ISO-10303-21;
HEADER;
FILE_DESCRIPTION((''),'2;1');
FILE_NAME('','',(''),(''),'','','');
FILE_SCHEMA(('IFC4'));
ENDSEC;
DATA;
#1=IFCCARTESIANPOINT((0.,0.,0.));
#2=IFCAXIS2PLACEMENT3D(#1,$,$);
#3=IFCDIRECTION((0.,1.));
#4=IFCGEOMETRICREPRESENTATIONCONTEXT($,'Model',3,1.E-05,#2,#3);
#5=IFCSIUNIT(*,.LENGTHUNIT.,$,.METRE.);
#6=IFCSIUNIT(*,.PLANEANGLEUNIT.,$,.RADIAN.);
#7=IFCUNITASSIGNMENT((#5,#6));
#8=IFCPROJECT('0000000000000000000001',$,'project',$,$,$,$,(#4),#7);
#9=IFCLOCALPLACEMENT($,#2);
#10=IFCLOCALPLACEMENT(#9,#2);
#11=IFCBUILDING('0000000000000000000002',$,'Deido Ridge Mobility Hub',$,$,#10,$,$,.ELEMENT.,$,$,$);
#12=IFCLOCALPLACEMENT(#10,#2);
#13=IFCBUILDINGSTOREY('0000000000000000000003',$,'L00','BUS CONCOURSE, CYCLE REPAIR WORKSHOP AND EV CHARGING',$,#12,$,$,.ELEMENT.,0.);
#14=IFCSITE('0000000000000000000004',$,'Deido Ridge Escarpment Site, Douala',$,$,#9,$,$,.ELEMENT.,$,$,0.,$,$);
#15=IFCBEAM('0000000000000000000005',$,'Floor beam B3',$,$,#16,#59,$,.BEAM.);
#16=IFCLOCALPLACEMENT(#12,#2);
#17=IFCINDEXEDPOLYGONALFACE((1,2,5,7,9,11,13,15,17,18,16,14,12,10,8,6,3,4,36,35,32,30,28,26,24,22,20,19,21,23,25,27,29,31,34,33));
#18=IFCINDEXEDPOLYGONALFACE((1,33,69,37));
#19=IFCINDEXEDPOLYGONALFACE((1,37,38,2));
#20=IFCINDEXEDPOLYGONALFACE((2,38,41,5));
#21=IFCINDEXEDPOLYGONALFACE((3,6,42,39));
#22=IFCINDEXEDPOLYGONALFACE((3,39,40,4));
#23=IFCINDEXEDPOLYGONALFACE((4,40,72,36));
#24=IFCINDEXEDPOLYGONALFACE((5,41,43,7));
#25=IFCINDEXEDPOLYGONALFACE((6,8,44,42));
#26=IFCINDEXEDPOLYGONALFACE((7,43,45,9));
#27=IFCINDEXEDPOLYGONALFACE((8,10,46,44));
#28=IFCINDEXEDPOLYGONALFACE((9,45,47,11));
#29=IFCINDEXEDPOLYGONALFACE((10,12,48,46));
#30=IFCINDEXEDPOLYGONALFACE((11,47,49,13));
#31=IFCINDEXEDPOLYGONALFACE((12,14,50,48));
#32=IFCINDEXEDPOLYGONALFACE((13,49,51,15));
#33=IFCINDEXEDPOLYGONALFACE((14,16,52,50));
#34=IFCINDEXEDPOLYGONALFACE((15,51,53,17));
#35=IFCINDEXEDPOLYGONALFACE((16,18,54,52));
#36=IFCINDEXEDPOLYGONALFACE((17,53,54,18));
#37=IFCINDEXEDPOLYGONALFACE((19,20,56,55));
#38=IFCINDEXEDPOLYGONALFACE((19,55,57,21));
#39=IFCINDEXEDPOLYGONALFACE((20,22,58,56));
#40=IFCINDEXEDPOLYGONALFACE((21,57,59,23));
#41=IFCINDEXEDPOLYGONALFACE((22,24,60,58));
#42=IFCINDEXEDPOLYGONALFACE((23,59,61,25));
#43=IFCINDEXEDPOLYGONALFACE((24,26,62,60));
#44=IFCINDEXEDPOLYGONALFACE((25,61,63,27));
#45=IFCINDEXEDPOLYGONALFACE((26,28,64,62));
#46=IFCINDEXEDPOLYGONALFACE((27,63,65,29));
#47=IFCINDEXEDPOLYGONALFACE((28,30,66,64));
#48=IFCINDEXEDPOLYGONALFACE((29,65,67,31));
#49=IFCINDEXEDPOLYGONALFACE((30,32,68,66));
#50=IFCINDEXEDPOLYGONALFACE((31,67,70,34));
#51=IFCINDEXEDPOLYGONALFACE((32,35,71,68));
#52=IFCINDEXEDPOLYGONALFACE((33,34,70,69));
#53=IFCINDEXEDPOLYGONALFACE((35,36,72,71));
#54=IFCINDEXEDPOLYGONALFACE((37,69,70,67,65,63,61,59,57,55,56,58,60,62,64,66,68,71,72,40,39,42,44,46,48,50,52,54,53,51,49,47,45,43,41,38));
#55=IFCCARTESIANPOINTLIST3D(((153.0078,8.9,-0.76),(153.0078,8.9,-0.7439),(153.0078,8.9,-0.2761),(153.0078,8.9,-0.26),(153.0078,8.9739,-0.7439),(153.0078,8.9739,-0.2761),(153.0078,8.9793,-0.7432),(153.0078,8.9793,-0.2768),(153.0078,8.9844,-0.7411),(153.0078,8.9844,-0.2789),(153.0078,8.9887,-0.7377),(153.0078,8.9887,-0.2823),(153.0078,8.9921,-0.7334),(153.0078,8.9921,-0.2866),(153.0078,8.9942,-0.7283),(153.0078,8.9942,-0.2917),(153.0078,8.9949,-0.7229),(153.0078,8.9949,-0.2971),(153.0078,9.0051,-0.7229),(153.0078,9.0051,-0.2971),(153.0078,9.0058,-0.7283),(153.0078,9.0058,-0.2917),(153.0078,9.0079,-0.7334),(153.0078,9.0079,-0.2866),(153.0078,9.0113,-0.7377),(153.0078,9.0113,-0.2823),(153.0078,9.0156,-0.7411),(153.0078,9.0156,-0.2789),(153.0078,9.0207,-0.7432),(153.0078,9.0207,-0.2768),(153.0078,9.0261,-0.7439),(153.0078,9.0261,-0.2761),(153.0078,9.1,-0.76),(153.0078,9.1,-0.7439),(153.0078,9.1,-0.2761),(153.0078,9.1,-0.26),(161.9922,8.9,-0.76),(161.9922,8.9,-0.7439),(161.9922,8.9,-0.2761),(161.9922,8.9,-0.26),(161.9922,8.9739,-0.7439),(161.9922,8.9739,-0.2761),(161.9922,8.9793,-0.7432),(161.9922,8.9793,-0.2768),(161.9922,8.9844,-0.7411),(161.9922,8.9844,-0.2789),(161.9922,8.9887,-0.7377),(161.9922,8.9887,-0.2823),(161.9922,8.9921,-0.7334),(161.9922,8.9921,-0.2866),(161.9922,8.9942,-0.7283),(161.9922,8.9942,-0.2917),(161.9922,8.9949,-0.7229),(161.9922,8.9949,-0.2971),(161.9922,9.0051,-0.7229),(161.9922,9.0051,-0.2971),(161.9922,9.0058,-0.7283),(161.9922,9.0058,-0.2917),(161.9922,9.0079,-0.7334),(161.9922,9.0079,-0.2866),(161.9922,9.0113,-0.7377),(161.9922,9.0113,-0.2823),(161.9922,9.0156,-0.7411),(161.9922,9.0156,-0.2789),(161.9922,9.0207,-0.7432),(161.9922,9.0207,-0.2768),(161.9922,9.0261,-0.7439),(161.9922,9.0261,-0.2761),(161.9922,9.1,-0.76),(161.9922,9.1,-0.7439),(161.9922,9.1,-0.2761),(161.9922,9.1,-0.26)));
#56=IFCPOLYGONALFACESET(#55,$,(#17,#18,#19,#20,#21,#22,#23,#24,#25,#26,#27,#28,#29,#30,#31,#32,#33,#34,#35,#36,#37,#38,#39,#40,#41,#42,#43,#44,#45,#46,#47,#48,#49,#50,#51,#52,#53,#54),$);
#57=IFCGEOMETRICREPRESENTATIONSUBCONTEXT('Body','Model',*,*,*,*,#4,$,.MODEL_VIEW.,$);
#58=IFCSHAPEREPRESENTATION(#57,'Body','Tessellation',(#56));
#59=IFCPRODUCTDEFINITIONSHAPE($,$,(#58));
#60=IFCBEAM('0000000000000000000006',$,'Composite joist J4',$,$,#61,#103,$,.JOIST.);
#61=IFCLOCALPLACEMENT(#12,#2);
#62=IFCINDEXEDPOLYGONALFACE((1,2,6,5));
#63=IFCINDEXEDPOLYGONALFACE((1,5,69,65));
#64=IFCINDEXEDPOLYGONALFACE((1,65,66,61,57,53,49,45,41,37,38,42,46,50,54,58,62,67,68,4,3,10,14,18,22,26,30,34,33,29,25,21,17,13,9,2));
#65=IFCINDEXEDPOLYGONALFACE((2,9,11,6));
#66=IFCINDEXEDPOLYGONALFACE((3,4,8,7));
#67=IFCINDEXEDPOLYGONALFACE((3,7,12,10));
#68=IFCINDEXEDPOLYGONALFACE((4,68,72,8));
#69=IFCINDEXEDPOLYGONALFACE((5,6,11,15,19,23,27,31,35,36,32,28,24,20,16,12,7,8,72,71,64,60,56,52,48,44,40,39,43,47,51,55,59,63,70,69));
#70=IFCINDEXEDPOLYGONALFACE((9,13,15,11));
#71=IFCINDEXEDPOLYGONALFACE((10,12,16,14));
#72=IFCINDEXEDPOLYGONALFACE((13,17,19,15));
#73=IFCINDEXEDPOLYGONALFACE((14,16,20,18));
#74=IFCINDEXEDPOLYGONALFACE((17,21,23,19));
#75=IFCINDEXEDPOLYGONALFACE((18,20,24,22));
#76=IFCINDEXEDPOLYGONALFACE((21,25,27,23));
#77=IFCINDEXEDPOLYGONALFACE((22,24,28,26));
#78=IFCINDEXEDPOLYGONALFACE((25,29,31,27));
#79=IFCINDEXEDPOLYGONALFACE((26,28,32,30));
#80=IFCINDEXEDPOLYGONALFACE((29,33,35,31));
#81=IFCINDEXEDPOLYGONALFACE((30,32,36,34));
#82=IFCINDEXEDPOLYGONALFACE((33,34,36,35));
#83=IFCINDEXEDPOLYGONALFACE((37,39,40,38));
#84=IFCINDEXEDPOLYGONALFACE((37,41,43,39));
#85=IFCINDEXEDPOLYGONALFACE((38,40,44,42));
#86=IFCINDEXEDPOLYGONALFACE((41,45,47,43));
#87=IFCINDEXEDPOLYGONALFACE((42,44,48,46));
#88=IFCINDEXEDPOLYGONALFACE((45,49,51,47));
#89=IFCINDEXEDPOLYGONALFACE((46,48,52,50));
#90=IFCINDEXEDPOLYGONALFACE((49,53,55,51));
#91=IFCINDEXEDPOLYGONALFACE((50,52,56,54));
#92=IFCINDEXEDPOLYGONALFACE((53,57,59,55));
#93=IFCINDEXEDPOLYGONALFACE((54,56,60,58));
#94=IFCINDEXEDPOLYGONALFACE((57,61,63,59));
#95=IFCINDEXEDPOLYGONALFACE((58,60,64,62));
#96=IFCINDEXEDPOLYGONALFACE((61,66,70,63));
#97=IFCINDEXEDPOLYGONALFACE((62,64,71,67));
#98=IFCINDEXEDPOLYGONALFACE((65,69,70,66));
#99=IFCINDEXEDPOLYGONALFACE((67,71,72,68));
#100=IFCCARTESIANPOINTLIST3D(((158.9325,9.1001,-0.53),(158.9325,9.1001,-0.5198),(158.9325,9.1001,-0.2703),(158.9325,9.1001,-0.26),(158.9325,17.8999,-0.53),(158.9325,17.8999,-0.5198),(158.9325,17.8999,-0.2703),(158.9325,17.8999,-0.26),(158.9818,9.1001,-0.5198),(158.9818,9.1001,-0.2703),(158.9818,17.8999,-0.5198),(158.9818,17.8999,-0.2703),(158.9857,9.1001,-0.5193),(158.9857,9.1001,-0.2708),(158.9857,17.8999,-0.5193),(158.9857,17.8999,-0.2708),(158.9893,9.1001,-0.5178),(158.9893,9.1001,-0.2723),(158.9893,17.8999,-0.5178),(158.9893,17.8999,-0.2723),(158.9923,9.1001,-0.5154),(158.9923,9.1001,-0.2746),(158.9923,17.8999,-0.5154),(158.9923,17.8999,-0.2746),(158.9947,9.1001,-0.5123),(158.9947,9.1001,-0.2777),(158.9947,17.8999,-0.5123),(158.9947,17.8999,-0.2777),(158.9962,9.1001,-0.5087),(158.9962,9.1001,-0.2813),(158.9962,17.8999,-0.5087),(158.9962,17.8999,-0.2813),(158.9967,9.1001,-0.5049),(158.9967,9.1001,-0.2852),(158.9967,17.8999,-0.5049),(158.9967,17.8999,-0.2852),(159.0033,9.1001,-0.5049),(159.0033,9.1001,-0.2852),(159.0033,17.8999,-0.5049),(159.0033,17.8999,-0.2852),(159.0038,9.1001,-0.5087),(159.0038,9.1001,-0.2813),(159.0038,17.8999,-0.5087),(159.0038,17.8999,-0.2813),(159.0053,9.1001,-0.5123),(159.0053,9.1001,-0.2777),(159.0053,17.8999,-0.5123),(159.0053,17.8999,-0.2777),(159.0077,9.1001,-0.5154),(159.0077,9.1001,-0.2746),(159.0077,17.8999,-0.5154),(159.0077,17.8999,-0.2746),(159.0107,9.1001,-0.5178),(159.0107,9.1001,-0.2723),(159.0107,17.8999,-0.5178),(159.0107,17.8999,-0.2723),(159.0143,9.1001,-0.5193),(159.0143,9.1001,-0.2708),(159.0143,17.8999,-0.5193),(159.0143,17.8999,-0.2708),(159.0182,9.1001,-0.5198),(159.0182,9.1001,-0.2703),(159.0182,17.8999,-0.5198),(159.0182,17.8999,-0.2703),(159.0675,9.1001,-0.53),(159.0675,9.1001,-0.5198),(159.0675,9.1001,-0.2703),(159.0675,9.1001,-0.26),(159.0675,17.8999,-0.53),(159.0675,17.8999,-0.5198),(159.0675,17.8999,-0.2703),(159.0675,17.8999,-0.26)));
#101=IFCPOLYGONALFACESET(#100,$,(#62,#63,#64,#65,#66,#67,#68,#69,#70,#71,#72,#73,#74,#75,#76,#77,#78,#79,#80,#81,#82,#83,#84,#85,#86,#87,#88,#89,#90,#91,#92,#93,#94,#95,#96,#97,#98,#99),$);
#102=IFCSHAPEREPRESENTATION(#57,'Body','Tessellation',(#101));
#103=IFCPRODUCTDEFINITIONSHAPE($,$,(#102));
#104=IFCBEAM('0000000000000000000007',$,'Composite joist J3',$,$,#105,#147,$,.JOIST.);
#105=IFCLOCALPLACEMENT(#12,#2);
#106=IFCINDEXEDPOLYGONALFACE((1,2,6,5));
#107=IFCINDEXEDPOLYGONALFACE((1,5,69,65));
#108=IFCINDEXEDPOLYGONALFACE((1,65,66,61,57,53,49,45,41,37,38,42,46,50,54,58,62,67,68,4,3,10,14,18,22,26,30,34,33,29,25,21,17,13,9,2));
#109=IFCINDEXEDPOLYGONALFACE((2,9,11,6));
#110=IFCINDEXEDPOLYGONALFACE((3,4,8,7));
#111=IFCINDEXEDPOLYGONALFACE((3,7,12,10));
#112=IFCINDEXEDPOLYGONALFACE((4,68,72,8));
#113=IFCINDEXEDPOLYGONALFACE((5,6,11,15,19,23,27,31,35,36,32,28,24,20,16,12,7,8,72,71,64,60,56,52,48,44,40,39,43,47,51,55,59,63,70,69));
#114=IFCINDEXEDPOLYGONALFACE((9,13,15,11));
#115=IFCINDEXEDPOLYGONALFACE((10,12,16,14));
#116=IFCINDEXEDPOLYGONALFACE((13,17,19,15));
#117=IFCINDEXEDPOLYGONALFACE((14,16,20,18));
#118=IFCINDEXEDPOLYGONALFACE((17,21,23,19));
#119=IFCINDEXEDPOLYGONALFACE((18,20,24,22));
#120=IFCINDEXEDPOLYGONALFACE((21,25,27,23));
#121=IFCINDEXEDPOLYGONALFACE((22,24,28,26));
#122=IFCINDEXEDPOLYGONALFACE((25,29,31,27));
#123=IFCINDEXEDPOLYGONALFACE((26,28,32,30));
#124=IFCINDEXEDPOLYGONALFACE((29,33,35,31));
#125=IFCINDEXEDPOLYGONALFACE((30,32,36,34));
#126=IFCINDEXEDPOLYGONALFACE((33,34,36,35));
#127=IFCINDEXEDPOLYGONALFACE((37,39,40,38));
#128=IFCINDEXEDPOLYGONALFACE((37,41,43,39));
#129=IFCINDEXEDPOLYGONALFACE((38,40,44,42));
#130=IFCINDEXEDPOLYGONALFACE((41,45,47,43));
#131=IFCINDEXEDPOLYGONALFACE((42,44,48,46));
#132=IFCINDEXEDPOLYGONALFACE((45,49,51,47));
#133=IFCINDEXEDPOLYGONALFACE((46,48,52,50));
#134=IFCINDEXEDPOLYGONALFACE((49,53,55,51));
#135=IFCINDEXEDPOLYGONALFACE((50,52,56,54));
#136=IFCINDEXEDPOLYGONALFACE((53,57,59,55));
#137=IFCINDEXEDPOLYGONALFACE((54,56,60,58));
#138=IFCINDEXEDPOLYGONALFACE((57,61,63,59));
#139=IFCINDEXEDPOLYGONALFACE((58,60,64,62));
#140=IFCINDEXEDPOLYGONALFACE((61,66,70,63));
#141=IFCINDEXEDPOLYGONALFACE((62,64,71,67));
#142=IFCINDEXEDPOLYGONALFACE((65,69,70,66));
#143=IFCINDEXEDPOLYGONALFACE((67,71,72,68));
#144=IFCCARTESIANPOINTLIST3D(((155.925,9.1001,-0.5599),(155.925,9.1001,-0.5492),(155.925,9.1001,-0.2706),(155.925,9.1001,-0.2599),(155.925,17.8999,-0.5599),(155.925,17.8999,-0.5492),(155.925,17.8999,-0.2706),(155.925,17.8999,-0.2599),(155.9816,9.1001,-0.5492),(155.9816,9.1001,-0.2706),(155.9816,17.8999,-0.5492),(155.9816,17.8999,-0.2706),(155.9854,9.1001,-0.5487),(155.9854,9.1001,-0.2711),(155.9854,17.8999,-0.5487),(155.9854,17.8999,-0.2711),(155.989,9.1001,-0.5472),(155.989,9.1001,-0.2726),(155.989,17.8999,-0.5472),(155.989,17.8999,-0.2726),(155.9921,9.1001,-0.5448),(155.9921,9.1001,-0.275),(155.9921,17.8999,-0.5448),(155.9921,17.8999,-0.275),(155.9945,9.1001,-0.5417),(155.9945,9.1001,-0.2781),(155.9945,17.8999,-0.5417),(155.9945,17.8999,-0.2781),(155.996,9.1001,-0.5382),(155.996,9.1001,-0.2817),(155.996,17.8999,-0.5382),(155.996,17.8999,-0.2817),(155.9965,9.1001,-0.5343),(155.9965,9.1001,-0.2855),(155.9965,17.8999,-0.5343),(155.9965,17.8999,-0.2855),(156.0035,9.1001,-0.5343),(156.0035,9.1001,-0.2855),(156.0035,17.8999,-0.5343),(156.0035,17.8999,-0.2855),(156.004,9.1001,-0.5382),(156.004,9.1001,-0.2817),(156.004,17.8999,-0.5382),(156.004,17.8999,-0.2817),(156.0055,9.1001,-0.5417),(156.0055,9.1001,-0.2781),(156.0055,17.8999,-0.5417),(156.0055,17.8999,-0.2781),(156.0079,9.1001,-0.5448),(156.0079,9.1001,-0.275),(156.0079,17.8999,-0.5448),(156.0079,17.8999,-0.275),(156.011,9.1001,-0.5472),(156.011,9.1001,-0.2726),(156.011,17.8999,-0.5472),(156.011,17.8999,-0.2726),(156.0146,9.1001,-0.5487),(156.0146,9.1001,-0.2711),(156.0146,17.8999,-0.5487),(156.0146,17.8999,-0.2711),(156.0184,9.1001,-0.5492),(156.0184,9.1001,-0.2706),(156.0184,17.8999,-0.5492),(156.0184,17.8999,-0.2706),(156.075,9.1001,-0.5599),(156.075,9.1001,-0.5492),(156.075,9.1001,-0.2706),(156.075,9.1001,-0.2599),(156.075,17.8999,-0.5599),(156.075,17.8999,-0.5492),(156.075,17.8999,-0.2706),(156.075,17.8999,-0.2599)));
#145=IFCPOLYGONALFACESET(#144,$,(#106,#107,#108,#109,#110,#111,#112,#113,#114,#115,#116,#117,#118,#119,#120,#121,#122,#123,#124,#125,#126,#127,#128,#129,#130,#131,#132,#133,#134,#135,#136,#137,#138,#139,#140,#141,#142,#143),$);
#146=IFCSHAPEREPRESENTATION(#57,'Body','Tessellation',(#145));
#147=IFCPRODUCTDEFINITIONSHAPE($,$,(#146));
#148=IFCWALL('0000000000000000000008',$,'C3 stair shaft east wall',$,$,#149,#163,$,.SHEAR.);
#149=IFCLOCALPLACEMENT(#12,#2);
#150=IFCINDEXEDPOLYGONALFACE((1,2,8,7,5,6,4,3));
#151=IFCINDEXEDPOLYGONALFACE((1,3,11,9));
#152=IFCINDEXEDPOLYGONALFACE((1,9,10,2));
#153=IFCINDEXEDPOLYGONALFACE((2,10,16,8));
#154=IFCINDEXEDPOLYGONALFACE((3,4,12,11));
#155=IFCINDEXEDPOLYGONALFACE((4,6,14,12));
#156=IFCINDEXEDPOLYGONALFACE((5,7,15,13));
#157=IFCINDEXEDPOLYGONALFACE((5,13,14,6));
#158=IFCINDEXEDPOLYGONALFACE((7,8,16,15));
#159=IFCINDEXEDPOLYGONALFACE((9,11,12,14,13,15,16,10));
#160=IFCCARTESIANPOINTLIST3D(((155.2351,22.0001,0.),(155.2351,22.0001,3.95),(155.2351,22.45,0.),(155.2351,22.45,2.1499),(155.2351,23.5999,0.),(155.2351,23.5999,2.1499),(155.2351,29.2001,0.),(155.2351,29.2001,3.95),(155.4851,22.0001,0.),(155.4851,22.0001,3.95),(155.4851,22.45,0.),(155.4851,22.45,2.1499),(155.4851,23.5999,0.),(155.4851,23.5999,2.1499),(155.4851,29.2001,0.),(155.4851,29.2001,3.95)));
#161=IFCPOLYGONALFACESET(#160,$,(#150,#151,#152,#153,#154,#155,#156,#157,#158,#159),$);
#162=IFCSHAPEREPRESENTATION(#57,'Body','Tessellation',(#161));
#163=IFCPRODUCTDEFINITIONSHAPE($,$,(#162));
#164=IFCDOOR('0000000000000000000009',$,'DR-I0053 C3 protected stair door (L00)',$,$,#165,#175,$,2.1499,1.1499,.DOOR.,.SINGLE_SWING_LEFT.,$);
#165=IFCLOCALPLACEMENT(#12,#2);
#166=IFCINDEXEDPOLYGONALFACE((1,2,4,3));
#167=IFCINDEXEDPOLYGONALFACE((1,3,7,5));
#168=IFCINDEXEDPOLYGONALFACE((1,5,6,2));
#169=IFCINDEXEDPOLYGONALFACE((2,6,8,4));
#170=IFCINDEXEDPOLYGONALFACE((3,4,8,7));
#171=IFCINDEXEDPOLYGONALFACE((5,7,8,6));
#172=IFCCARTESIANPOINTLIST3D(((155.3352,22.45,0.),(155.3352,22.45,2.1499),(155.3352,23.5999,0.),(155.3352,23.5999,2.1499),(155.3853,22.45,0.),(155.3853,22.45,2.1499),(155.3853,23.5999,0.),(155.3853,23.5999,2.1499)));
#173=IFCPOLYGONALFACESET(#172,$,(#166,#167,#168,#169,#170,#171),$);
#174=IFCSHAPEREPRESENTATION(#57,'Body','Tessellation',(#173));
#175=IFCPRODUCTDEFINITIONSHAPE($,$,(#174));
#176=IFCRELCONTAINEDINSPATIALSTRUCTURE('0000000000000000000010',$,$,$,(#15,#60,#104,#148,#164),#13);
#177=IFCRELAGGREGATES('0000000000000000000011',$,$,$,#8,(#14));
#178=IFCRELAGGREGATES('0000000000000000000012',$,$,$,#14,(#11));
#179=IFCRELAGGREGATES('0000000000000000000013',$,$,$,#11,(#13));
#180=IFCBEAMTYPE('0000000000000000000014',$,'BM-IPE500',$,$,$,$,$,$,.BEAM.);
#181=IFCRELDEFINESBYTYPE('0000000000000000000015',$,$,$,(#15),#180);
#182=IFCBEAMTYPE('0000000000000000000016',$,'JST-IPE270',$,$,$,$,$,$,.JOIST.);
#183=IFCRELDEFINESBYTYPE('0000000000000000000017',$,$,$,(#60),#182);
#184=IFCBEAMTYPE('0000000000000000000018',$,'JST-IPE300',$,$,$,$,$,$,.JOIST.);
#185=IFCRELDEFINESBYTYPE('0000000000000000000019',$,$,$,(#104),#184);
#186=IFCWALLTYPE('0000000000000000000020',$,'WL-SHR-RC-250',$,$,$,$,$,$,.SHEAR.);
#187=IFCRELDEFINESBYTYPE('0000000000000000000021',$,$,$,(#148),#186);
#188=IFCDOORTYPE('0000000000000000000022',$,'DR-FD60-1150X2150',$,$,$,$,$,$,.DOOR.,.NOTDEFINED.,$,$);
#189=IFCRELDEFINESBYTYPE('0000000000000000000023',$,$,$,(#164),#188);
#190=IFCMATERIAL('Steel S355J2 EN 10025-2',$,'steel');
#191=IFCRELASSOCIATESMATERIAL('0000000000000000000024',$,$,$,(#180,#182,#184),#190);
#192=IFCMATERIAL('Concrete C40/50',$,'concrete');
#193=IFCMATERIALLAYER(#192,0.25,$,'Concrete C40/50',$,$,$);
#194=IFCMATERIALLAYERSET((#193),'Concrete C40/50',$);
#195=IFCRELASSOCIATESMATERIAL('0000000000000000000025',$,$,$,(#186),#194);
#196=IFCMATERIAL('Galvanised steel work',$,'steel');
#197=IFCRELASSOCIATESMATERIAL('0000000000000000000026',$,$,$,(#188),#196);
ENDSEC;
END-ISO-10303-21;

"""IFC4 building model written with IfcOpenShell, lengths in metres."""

from ifc_helpers import new_model, si_unit, direction, frame, frame_2d, origin, origin_2d, place, context, subcontext, project, spatial, rectangle, i_section, extrude, material, layer, layer_set, material_profile, profile_set, type_object, element, fill, save


model = new_model("IFC4")

# Units and contexts
model_context = context("Model", 3, precision=1e-05, world=origin(), true_north=direction((0.0, 1.0)))
body_context = subcontext(model_context, "Body", "Model", "MODEL_VIEW")
ifc_project = project(units=[si_unit("LENGTHUNIT", "METRE"), si_unit("PLANEANGLEUNIT", "RADIAN")], contexts=[model_context])

# Site, building, storey
site_placement = place(None, origin())
site = spatial("IfcSite", under=ifc_project, at=site_placement, Name="Deido Ridge Escarpment Site, Douala", CompositionType="ELEMENT", RefElevation=0.0)
building_placement = place(site_placement, origin())
building = spatial("IfcBuilding", under=site, at=building_placement, Name="Deido Ridge Mobility Hub", CompositionType="ELEMENT")
storey_placement = place(building_placement, origin())
storey = spatial("IfcBuildingStorey", under=building, at=storey_placement, Name="L00", Description="BUS CONCOURSE, CYCLE REPAIR WORKSHOP AND EV CHARGING", CompositionType="ELEMENT", Elevation=0.0)

# Shared definitions
ifc_material_1 = material(Name="Steel S355J2 EN 10025-2", Category="steel")

# Beams
ifc_material_profile_1 = material_profile(ifc_material_1, i_section(OverallWidth=0.2, OverallDepth=0.5, WebThickness=0.0103, FlangeThickness=0.0161, FilletRadius=0.021, at=origin_2d()), Name="IPE 500")
ifc_profile_set_1 = profile_set([ifc_material_profile_1], Name="Steel S355J2 EN 10025-2")
beam_type_1 = type_object("IfcBeamType", Name="BM-IPE500", PredefinedType="BEAM", material=ifc_profile_set_1)
for number, where, z_axis, x_axis, name in (
    (1, (153.0078, 9.0, -0.51), (1.0, 0.0, 0.0), (0.0, 1.0, 0.0), "Floor beam B3"),
):
    element("IfcBeam", number, at=place(storey_placement, frame(where, z_axis=z_axis, x_axis=x_axis)), inside=storey, type_object=beam_type_1, Name=name, PredefinedType="BEAM", context=body_context, shape_type="SweptSolid", body=[
        extrude(i_section(OverallWidth=0.2, OverallDepth=0.5, WebThickness=0.0103, FlangeThickness=0.0161, FilletRadius=0.021, at=origin_2d()), origin(), (0.0, 0.0, 1.0), 8.9844),
    ])
ifc_material_profile_2 = material_profile(ifc_material_1, i_section(OverallWidth=0.135, OverallDepth=0.27, WebThickness=0.0066, FlangeThickness=0.0103, FilletRadius=0.0149, at=origin_2d()), Name="IPE 270")
ifc_profile_set_2 = profile_set([ifc_material_profile_2], Name="Steel S355J2 EN 10025-2")
beam_type_2 = type_object("IfcBeamType", Name="JST-IPE270", PredefinedType="JOIST", material=ifc_profile_set_2)
beam_1_placement = place(storey_placement, frame((159.0, 9.1001, -0.395), z_axis=(0.0, 1.0, 0.0), x_axis=(-1.0, 0.0, 0.0)))
element("IfcBeam", 2, at=beam_1_placement, inside=storey, type_object=beam_type_2, Name="Composite joist J4", PredefinedType="JOIST", context=body_context, shape_type="SweptSolid", body=[
    extrude(i_section(OverallWidth=0.135, OverallDepth=0.27, WebThickness=0.0066, FlangeThickness=0.0103, FilletRadius=0.0149, at=origin_2d()), origin(), (0.0, 0.0, 1.0), 8.7998),
])
ifc_material_profile_3 = material_profile(ifc_material_1, i_section(OverallWidth=0.1499, OverallDepth=0.3, WebThickness=0.0071, FlangeThickness=0.0107, FilletRadius=0.0149, at=origin_2d()), Name="IPE 300")
ifc_profile_set_3 = profile_set([ifc_material_profile_3], Name="Steel S355J2 EN 10025-2")
beam_type_3 = type_object("IfcBeamType", Name="JST-IPE300", PredefinedType="JOIST", material=ifc_profile_set_3)
beam_2_placement = place(storey_placement, frame((156.0, 9.1001, -0.4099), z_axis=(0.0, 1.0, 0.0), x_axis=(-1.0, 0.0, 0.0)))
element("IfcBeam", 3, at=beam_2_placement, inside=storey, type_object=beam_type_3, Name="Composite joist J3", PredefinedType="JOIST", context=body_context, shape_type="SweptSolid", body=[
    extrude(i_section(OverallWidth=0.1499, OverallDepth=0.3, WebThickness=0.0071, FlangeThickness=0.0107, FilletRadius=0.0149, at=origin_2d()), origin(), (0.0, 0.0, 1.0), 8.7998),
])

# Wall, opening, door
ifc_material_2 = material(Name="Concrete C40/50", Category="concrete")
ifc_layer_1 = layer(ifc_material_2, 0.25, Name="Concrete C40/50")
ifc_layer_set_1 = layer_set([ifc_layer_1], Name="Concrete C40/50")
wall_type_1 = type_object("IfcWallType", Name="WL-SHR-RC-250", PredefinedType="SHEAR", material=ifc_layer_set_1)
wall_1_placement = place(storey_placement, frame((155.3601, 22.0, 0.0), z_axis=(0.0, 0.0, 1.0), x_axis=(0.0, 1.0, 0.0)))
wall_1 = element("IfcWall", 4, at=wall_1_placement, inside=storey, type_object=wall_type_1, Name="C3 stair shaft east wall", PredefinedType="SHEAR", context=body_context, shape_type="SweptSolid", body=[
    extrude(rectangle(XDim=7.2, YDim=0.25, at=frame_2d((3.6001, 0.0))), origin(), (0.0, 0.0, 1.0), 3.95),
])
opening_1_placement = place(wall_1_placement, frame((0.45, 0.0, 0.0)))
opening_1 = element("IfcOpeningElement", 5, at=opening_1_placement, cuts=wall_1, PredefinedType="OPENING", context=body_context, shape_type="SweptSolid", body=[
    extrude(rectangle(XDim=1.1499, YDim=2.1499, at=frame_2d((0.575, 1.075))), frame((0.0, 0.135, 0.0), z_axis=(0.0, -1.0, 0.0), x_axis=(1.0, 0.0, 0.0)), (0.0, 0.0, 1.0), 0.27),
])
ifc_material_3 = material(Name="Galvanised steel work", Category="steel")
door_type_1 = type_object("IfcDoorType", Name="DR-FD60-1150X2150", OperationType="NOTDEFINED", PredefinedType="DOOR", material=ifc_material_3)
door_1_placement = place(opening_1_placement, origin())
door_1 = element("IfcDoor", 6, at=door_1_placement, inside=storey, type_object=door_type_1, Name="DR-I0053 C3 protected stair door (L00)", OperationType="SINGLE_SWING_LEFT", OverallHeight=2.1499, OverallWidth=1.1499, PredefinedType="DOOR", context=body_context, shape_type="SweptSolid", body=[
    extrude(rectangle(XDim=1.1499, YDim=2.1499, at=frame_2d((0.575, 1.075))), frame((0.0, 0.0249, 0.0), z_axis=(0.0, -1.0, 0.0), x_axis=(1.0, 0.0, 0.0)), (0.0, 0.0, 1.0), 0.05),
])
fill(opening_1, door_1)

save(model, "model.ifc")
